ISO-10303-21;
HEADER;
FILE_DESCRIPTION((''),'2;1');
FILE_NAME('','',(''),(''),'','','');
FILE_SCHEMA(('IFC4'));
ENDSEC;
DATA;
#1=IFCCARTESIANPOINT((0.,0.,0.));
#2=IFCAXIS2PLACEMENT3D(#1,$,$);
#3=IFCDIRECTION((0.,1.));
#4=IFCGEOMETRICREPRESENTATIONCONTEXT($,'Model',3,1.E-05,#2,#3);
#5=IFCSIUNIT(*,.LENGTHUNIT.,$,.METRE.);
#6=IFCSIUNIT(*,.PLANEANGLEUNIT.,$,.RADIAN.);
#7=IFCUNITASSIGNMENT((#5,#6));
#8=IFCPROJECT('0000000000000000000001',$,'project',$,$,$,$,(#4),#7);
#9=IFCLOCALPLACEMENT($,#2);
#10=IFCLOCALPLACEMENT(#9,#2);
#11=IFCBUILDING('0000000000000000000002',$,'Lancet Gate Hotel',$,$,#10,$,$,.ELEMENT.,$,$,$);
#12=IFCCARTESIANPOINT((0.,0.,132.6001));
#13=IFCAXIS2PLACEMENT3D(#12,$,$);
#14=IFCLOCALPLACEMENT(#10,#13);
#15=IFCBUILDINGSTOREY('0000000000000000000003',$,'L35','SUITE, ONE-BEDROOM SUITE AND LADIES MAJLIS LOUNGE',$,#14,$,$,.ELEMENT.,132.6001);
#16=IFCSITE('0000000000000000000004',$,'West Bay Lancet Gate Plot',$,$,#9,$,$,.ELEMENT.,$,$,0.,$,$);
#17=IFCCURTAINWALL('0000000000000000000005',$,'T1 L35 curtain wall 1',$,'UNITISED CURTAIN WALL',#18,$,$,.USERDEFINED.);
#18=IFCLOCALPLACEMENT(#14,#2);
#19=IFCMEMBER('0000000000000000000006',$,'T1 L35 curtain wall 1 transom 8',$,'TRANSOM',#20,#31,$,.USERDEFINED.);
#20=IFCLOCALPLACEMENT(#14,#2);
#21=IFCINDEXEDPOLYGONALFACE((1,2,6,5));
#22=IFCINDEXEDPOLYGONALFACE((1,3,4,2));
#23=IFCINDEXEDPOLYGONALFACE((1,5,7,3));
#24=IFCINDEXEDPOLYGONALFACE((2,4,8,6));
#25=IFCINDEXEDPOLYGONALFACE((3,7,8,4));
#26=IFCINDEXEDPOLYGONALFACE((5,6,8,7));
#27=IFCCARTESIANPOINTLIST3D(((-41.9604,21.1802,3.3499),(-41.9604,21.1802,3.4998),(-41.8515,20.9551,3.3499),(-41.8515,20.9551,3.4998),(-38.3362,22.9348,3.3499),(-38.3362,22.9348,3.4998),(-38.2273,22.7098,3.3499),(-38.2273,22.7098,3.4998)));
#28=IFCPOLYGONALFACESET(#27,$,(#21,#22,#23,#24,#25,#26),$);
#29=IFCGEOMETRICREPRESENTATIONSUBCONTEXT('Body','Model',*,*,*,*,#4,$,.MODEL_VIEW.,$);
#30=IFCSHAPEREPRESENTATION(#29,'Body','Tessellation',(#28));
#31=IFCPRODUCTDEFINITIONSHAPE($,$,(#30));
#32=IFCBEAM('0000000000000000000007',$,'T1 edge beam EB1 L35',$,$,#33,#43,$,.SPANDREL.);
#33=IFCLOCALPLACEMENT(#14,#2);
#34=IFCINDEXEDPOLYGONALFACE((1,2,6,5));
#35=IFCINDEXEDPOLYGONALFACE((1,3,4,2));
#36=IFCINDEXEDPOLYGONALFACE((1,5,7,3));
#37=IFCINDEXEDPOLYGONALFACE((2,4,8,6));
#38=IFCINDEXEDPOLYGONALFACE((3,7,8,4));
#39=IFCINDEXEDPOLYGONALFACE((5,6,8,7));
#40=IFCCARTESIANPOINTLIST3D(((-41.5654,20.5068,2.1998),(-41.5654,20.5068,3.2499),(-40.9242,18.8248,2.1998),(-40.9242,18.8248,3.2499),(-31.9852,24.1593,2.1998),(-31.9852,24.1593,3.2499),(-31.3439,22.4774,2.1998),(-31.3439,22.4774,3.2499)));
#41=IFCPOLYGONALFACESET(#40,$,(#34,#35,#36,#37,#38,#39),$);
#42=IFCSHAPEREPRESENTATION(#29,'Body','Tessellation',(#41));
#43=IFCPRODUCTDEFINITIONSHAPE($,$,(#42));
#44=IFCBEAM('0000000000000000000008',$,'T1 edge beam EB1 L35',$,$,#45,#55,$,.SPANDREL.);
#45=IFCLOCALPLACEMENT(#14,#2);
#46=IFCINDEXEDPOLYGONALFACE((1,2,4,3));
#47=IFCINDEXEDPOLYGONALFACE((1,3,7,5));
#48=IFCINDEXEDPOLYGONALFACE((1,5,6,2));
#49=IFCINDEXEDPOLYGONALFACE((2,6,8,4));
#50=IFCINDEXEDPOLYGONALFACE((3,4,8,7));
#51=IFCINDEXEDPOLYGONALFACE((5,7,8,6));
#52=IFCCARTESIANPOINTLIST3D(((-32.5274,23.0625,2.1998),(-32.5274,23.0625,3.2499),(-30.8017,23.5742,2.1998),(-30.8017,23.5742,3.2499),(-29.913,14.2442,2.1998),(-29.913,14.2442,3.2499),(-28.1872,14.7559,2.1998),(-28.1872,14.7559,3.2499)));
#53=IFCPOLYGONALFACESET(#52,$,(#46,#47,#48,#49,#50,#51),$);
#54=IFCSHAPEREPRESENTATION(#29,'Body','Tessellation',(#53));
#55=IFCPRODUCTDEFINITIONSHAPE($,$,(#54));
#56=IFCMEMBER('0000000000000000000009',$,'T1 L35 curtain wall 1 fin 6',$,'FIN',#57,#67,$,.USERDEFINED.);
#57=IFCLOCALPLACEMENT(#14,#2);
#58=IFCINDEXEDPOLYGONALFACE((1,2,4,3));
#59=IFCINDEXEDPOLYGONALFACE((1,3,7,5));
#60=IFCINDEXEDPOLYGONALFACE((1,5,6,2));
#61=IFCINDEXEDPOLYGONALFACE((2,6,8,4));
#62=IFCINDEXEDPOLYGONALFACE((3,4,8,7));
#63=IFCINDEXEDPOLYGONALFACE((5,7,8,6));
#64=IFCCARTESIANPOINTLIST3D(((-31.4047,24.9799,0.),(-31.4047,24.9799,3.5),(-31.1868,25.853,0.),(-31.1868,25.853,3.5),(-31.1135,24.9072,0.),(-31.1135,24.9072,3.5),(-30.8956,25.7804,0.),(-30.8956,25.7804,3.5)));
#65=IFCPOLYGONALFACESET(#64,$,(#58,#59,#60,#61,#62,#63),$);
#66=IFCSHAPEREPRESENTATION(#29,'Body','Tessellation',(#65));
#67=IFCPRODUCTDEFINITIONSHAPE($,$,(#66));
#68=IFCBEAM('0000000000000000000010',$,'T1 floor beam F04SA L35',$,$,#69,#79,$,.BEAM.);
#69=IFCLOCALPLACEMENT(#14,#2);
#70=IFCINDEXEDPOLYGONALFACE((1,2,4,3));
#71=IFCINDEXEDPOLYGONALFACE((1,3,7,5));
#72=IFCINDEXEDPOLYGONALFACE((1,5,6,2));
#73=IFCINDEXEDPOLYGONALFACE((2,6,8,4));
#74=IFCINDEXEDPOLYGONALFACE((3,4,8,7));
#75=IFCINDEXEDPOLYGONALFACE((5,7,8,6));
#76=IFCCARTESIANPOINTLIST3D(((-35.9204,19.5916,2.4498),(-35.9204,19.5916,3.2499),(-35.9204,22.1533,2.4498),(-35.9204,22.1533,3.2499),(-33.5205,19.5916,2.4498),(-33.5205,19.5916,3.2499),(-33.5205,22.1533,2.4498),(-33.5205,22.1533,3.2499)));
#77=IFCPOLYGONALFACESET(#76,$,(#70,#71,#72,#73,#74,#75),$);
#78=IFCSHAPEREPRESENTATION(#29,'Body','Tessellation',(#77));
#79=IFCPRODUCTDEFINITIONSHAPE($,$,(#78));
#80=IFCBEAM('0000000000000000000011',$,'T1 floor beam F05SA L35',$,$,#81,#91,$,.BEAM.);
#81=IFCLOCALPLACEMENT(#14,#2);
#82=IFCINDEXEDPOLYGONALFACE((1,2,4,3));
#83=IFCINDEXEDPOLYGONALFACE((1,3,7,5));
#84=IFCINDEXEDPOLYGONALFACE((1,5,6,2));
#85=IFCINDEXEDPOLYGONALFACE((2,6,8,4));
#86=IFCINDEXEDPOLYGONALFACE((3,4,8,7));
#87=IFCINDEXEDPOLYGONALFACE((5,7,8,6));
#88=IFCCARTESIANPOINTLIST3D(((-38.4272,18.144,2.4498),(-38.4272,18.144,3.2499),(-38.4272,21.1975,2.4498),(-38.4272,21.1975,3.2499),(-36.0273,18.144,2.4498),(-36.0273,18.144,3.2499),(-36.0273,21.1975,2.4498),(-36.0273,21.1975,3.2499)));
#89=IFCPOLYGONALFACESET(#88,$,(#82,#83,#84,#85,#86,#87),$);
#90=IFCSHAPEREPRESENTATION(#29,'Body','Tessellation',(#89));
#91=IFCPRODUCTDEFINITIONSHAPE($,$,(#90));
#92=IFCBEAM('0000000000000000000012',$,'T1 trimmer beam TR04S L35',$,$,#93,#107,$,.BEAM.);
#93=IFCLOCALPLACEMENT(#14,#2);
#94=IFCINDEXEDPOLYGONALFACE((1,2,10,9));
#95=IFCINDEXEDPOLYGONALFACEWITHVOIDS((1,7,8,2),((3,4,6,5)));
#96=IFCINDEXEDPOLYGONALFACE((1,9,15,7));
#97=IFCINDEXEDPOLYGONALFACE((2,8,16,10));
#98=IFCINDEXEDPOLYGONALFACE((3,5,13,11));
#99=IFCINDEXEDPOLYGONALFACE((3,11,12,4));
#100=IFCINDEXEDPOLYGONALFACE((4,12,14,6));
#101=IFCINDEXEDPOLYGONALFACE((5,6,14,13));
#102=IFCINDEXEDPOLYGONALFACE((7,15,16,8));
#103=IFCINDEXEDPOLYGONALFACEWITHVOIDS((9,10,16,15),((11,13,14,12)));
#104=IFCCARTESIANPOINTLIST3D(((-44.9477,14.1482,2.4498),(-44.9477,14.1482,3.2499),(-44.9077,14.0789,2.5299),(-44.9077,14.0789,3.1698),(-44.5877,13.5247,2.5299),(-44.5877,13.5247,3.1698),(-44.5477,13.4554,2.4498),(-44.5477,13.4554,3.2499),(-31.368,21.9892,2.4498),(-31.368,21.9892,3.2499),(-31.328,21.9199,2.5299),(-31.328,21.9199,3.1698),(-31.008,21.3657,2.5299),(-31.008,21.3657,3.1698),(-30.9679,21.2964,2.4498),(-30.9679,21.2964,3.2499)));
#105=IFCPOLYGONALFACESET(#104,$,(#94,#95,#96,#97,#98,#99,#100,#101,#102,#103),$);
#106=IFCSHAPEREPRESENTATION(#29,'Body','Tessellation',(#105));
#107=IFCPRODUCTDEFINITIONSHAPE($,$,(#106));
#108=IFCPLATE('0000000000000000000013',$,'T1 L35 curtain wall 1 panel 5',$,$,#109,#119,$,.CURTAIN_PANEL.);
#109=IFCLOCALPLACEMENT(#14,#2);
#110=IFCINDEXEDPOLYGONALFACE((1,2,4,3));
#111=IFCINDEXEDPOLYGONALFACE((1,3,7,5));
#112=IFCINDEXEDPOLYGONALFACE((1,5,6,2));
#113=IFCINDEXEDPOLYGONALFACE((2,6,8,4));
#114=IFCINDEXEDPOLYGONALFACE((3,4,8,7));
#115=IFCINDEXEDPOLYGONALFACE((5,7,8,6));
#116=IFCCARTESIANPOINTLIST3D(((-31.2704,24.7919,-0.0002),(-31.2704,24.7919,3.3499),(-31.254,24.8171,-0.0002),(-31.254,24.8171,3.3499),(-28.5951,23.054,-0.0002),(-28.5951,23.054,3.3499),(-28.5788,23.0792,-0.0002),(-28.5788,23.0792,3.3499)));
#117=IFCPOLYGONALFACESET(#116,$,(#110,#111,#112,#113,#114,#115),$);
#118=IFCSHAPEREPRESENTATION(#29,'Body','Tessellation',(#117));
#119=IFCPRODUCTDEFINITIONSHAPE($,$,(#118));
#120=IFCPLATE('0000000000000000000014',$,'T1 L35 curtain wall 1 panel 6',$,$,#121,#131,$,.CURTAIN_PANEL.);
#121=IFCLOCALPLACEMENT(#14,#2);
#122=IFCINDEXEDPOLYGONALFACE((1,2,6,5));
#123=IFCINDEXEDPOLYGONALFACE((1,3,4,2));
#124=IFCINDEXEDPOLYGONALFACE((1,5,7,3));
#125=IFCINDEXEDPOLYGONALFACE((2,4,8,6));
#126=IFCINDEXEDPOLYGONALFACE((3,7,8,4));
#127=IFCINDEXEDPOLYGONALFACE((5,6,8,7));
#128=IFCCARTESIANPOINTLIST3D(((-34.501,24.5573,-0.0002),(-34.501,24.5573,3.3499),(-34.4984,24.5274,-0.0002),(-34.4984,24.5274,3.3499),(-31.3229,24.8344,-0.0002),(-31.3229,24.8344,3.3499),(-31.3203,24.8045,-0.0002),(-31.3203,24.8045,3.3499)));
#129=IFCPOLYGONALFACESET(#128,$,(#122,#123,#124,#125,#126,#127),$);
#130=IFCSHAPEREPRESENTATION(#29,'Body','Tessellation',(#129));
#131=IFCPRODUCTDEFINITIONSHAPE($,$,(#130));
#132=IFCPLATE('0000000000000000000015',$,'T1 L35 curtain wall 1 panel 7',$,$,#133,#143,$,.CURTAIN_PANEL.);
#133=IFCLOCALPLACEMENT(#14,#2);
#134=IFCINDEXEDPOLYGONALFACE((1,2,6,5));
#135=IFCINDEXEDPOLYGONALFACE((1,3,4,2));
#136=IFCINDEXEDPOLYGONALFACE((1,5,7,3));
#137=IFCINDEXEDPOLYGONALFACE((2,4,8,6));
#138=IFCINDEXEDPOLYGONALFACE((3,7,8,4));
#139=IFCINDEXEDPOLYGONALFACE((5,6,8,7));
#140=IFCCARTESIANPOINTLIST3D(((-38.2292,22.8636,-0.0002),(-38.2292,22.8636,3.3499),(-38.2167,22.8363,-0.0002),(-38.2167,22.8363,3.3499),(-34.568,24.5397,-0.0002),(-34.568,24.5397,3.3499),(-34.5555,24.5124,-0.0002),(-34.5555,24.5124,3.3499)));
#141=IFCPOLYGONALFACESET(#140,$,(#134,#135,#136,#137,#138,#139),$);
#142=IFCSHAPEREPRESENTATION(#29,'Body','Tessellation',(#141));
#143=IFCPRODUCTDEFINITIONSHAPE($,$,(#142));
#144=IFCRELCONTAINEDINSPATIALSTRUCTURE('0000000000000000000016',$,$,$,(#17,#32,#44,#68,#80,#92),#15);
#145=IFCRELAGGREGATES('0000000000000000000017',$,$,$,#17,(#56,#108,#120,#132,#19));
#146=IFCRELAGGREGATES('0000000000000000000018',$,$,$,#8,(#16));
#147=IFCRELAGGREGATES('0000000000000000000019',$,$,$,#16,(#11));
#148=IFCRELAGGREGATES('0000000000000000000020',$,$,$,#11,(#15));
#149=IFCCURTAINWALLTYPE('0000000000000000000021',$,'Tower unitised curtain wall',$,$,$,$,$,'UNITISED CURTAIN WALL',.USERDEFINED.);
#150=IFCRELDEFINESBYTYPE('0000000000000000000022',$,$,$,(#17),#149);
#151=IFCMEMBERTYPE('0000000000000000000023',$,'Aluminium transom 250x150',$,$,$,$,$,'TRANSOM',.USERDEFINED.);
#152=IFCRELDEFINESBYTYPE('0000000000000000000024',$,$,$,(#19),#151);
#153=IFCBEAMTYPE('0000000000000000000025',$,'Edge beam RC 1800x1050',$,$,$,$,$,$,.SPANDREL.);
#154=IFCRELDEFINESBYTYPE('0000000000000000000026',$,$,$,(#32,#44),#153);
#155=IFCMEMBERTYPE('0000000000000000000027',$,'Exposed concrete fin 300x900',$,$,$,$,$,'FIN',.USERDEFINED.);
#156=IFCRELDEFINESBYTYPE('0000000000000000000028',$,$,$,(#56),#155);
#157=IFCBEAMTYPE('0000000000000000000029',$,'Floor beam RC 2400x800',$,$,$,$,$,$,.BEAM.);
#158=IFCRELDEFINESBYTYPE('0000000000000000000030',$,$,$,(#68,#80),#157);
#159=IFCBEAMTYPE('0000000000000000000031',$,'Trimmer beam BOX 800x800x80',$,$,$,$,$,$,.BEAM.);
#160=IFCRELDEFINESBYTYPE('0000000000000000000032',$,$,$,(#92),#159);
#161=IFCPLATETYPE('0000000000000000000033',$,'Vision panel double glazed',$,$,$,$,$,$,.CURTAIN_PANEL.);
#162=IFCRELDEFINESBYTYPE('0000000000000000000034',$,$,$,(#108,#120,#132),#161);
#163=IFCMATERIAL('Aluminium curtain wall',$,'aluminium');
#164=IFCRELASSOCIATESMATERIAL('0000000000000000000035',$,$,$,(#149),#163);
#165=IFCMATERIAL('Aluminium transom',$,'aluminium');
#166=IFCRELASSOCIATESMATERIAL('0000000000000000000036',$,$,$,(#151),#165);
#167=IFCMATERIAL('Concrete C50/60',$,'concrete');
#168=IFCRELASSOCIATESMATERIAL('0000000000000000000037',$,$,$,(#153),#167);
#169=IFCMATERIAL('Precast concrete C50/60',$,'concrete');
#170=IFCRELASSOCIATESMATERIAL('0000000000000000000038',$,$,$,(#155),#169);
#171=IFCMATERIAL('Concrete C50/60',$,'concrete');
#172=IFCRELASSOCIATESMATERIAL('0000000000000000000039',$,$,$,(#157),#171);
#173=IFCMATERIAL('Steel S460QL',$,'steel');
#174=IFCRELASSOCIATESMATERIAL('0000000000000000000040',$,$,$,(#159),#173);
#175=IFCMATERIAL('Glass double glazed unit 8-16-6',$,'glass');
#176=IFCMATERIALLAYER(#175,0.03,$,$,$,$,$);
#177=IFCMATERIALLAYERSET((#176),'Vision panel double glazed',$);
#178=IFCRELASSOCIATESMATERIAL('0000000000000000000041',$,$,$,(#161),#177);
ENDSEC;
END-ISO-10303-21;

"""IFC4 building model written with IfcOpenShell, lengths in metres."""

from ifc_helpers import new_model, si_unit, direction, frame, origin, origin_2d, place, context, subcontext, project, spatial, rectangle, hollow_rectangle, extrude, material, layer, layer_set, material_profile, profile_set, type_object, element, aggregate, save


model = new_model("IFC4")

# Units and contexts
model_context = context("Model", 3, precision=1e-05, world=origin(), true_north=direction((0.0, 1.0)))
body_context = subcontext(model_context, "Body", "Model", "MODEL_VIEW")
ifc_project = project(units=[si_unit("LENGTHUNIT", "METRE"), si_unit("PLANEANGLEUNIT", "RADIAN")], contexts=[model_context])

# Site, building, storey
site_placement = place(None, origin())
site = spatial("IfcSite", under=ifc_project, at=site_placement, Name="West Bay Lancet Gate Plot", CompositionType="ELEMENT", RefElevation=0.0)
building_placement = place(site_placement, origin())
building = spatial("IfcBuilding", under=site, at=building_placement, Name="Lancet Gate Hotel", CompositionType="ELEMENT")
storey_placement = place(building_placement, frame((0.0, 0.0, 132.6001)))
storey = spatial("IfcBuildingStorey", under=building, at=storey_placement, Name="L35", Description="SUITE, ONE-BEDROOM SUITE AND LADIES MAJLIS LOUNGE", CompositionType="ELEMENT", Elevation=132.6001)

# Curtain wall, member
ifc_material_1 = material(Name="Aluminium curtain wall", Category="aluminium")
curtain_wall_type = type_object("IfcCurtainWallType", Name="Tower unitised curtain wall", ElementType="UNITISED CURTAIN WALL", PredefinedType="USERDEFINED", material=ifc_material_1)
curtain_wall_placement = place(storey_placement, origin())
curtain_wall = element("IfcCurtainWall", 1, at=curtain_wall_placement, inside=storey, type_object=curtain_wall_type, Name="T1 L35 curtain wall 1", ObjectType="UNITISED CURTAIN WALL", PredefinedType="USERDEFINED")
ifc_material_2 = material(Name="Aluminium transom", Category="aluminium")
ifc_material_profile_1 = material_profile(ifc_material_2, rectangle(XDim=0.25, YDim=0.1499, at=origin_2d()), Name="TRANSOM 250x150")
ifc_profile_set_1 = profile_set([ifc_material_profile_1], Name="Aluminium transom")
member_type_1 = type_object("IfcMemberType", Name="Aluminium transom 250x150", ElementType="TRANSOM", PredefinedType="USERDEFINED", material=ifc_profile_set_1)
member_1_placement = place(storey_placement, frame((-38.2817, 22.8223, 3.4248), z_axis=(-0.900066, -0.435754, 0.0), x_axis=(0.435754, -0.900066, 0.0)))
member_1 = element("IfcMember", 2, at=member_1_placement, type_object=member_type_1, Name="T1 L35 curtain wall 1 transom 8", ObjectType="TRANSOM", PredefinedType="USERDEFINED", context=body_context, shape_type="SweptSolid", body=[
    extrude(rectangle(XDim=0.25, YDim=0.1499, at=origin_2d()), origin(), (0.0, 0.0, 1.0), 4.0266),
])

# Beams
ifc_material_3 = material(Name="Concrete C50/60", Category="concrete")
ifc_material_profile_2 = material_profile(ifc_material_3, rectangle(XDim=1.8, YDim=1.05, at=origin_2d()), Name="RC 1800x1050")
ifc_profile_set_2 = profile_set([ifc_material_profile_2], Name="Concrete C50/60")
beam_type_1 = type_object("IfcBeamType", Name="Edge beam RC 1800x1050", PredefinedType="SPANDREL", material=ifc_profile_set_2)
beam_1_placement = place(storey_placement, frame((-31.6646, 23.3184, 2.7249), z_axis=(-0.934392, -0.356246, 0.0), x_axis=(0.356246, -0.934392, 0.0)))
element("IfcBeam", 3, at=beam_1_placement, inside=storey, type_object=beam_type_1, Name="T1 edge beam EB1 L35", PredefinedType="SPANDREL", context=body_context, shape_type="SweptSolid", body=[
    extrude(rectangle(XDim=1.8, YDim=1.05, at=origin_2d()), origin(), (0.0, 0.0, 1.0), 10.2529),
])
beam_2_placement = place(storey_placement, frame((-31.6646, 23.3184, 2.7249), z_axis=(0.284254, -0.958749, 0.0), x_axis=(0.958749, 0.284254, 0.0)))
element("IfcBeam", 4, at=beam_2_placement, inside=storey, type_object=beam_type_1, Name="T1 edge beam EB1 L35", PredefinedType="SPANDREL", context=body_context, shape_type="SweptSolid", body=[
    extrude(rectangle(XDim=1.8, YDim=1.05, at=origin_2d()), origin(), (0.0, 0.0, 1.0), 9.1978),
])

# Member
ifc_material_4 = material(Name="Precast concrete C50/60", Category="concrete")
ifc_material_profile_3 = material_profile(ifc_material_4, rectangle(XDim=0.3, YDim=0.8999, at=origin_2d()), Name="FIN 300x900")
ifc_profile_set_3 = profile_set([ifc_material_profile_3], Name="Precast concrete C50/60")
member_type_2 = type_object("IfcMemberType", Name="Exposed concrete fin 300x900", ElementType="FIN", PredefinedType="USERDEFINED", material=ifc_profile_set_3)
member_2_placement = place(storey_placement, frame((-31.1501, 25.3801, 0.0), z_axis=(0.0, 0.0, 1.0), x_axis=(-0.970242, 0.242137, 0.0)))
member_2 = element("IfcMember", 5, at=member_2_placement, type_object=member_type_2, Name="T1 L35 curtain wall 1 fin 6", ObjectType="FIN", PredefinedType="USERDEFINED", context=body_context, shape_type="SweptSolid", body=[
    extrude(rectangle(XDim=0.3, YDim=0.8999, at=origin_2d()), origin(), (0.0, 0.0, 1.0), 3.5),
])

# Beams
ifc_material_5 = material(Name="Concrete C50/60", Category="concrete")
ifc_material_profile_4 = material_profile(ifc_material_5, rectangle(XDim=2.3999, YDim=0.8, at=origin_2d()), Name="RC 2400x800")
ifc_profile_set_4 = profile_set([ifc_material_profile_4], Name="Concrete C50/60")
beam_type_2 = type_object("IfcBeamType", Name="Floor beam RC 2400x800", PredefinedType="BEAM", material=ifc_profile_set_4)
beam_3_placement = place(storey_placement, frame((-34.7205, 22.1533, 2.8499), z_axis=(0.0, -1.0, 0.0), x_axis=(1.0, 0.0, 0.0)))
element("IfcBeam", 6, at=beam_3_placement, inside=storey, type_object=beam_type_2, Name="T1 floor beam F04SA L35", PredefinedType="BEAM", context=body_context, shape_type="SweptSolid", body=[
    extrude(rectangle(XDim=2.3999, YDim=0.8, at=origin_2d()), origin(), (0.0, 0.0, 1.0), 2.5618),
])
beam_4_placement = place(storey_placement, frame((-37.2273, 21.1975, 2.8499), z_axis=(0.0, -1.0, 0.0), x_axis=(1.0, 0.0, 0.0)))
element("IfcBeam", 7, at=beam_4_placement, inside=storey, type_object=beam_type_2, Name="T1 floor beam F05SA L35", PredefinedType="BEAM", context=body_context, shape_type="SweptSolid", body=[
    extrude(rectangle(XDim=2.3999, YDim=0.8, at=origin_2d()), origin(), (0.0, 0.0, 1.0), 3.0535),
])
ifc_material_6 = material(Name="Steel S460QL", Category="steel")
ifc_material_profile_5 = material_profile(ifc_material_6, hollow_rectangle(XDim=0.8, YDim=0.8, WallThickness=0.0801, at=origin_2d()), Name="BOX 800x800x80")
ifc_profile_set_5 = profile_set([ifc_material_profile_5], Name="Steel S460QL")
beam_type_3 = type_object("IfcBeamType", Name="Trimmer beam BOX 800x800x80", PredefinedType="BEAM", material=ifc_profile_set_5)
beam_5_placement = place(storey_placement, frame((-31.168, 21.6428, 2.8499), z_axis=(-0.866005, -0.500036, 0.0), x_axis=(0.500036, -0.866005, 0.0)))
element("IfcBeam", 8, at=beam_5_placement, inside=storey, type_object=beam_type_3, Name="T1 trimmer beam TR04S L35", PredefinedType="BEAM", context=body_context, shape_type="SweptSolid", body=[
    extrude(hollow_rectangle(XDim=0.8, YDim=0.8, WallThickness=0.0801, at=origin_2d()), origin(), (0.0, 0.0, 1.0), 15.6809),
])

# Plates
ifc_material_7 = material(Name="Glass double glazed unit 8-16-6", Category="glass")
ifc_layer = layer(ifc_material_7, 0.03)
ifc_layer_set = layer_set([ifc_layer], Name="Vision panel double glazed")
plate_type = type_object("IfcPlateType", Name="Vision panel double glazed", PredefinedType="CURTAIN_PANEL", material=ifc_layer_set)
plate_1_placement = place(storey_placement, frame((-29.9246, 23.9355, -0.0002), z_axis=(0.0, 0.0, 1.0), x_axis=(-0.83858, 0.544778, 0.0)))
plate_1 = element("IfcPlate", 9, at=plate_1_placement, type_object=plate_type, Name="T1 L35 curtain wall 1 panel 5", PredefinedType="CURTAIN_PANEL", context=body_context, shape_type="SweptSolid", body=[
    extrude(rectangle(XDim=3.1902, YDim=0.03, at=origin_2d()), origin(), (0.0, 0.0, 1.0), 3.3501),
])
plate_2_placement = place(storey_placement, frame((-32.9106, 24.6809, -0.0002), z_axis=(0.0, 0.0, 1.0), x_axis=(-0.996219, -0.08688, 0.0)))
plate_2 = element("IfcPlate", 10, at=plate_2_placement, type_object=plate_type, Name="T1 L35 curtain wall 1 panel 6", PredefinedType="CURTAIN_PANEL", context=body_context, shape_type="SweptSolid", body=[
    extrude(rectangle(XDim=3.1902, YDim=0.03, at=origin_2d()), origin(), (0.0, 0.0, 1.0), 3.3501),
])
plate_3_placement = place(storey_placement, frame((-36.3923, 23.688, -0.0002), z_axis=(0.0, 0.0, 1.0), x_axis=(-0.909253, -0.416245, 0.0)))
plate_3 = element("IfcPlate", 11, at=plate_3_placement, type_object=plate_type, Name="T1 L35 curtain wall 1 panel 7", PredefinedType="CURTAIN_PANEL", context=body_context, shape_type="SweptSolid", body=[
    extrude(rectangle(XDim=4.0266, YDim=0.03, at=origin_2d()), origin(), (0.0, 0.0, 1.0), 3.3501),
])
aggregate(curtain_wall, [member_2, plate_1, plate_2, plate_3, member_1])

save(model, "model.ifc")
